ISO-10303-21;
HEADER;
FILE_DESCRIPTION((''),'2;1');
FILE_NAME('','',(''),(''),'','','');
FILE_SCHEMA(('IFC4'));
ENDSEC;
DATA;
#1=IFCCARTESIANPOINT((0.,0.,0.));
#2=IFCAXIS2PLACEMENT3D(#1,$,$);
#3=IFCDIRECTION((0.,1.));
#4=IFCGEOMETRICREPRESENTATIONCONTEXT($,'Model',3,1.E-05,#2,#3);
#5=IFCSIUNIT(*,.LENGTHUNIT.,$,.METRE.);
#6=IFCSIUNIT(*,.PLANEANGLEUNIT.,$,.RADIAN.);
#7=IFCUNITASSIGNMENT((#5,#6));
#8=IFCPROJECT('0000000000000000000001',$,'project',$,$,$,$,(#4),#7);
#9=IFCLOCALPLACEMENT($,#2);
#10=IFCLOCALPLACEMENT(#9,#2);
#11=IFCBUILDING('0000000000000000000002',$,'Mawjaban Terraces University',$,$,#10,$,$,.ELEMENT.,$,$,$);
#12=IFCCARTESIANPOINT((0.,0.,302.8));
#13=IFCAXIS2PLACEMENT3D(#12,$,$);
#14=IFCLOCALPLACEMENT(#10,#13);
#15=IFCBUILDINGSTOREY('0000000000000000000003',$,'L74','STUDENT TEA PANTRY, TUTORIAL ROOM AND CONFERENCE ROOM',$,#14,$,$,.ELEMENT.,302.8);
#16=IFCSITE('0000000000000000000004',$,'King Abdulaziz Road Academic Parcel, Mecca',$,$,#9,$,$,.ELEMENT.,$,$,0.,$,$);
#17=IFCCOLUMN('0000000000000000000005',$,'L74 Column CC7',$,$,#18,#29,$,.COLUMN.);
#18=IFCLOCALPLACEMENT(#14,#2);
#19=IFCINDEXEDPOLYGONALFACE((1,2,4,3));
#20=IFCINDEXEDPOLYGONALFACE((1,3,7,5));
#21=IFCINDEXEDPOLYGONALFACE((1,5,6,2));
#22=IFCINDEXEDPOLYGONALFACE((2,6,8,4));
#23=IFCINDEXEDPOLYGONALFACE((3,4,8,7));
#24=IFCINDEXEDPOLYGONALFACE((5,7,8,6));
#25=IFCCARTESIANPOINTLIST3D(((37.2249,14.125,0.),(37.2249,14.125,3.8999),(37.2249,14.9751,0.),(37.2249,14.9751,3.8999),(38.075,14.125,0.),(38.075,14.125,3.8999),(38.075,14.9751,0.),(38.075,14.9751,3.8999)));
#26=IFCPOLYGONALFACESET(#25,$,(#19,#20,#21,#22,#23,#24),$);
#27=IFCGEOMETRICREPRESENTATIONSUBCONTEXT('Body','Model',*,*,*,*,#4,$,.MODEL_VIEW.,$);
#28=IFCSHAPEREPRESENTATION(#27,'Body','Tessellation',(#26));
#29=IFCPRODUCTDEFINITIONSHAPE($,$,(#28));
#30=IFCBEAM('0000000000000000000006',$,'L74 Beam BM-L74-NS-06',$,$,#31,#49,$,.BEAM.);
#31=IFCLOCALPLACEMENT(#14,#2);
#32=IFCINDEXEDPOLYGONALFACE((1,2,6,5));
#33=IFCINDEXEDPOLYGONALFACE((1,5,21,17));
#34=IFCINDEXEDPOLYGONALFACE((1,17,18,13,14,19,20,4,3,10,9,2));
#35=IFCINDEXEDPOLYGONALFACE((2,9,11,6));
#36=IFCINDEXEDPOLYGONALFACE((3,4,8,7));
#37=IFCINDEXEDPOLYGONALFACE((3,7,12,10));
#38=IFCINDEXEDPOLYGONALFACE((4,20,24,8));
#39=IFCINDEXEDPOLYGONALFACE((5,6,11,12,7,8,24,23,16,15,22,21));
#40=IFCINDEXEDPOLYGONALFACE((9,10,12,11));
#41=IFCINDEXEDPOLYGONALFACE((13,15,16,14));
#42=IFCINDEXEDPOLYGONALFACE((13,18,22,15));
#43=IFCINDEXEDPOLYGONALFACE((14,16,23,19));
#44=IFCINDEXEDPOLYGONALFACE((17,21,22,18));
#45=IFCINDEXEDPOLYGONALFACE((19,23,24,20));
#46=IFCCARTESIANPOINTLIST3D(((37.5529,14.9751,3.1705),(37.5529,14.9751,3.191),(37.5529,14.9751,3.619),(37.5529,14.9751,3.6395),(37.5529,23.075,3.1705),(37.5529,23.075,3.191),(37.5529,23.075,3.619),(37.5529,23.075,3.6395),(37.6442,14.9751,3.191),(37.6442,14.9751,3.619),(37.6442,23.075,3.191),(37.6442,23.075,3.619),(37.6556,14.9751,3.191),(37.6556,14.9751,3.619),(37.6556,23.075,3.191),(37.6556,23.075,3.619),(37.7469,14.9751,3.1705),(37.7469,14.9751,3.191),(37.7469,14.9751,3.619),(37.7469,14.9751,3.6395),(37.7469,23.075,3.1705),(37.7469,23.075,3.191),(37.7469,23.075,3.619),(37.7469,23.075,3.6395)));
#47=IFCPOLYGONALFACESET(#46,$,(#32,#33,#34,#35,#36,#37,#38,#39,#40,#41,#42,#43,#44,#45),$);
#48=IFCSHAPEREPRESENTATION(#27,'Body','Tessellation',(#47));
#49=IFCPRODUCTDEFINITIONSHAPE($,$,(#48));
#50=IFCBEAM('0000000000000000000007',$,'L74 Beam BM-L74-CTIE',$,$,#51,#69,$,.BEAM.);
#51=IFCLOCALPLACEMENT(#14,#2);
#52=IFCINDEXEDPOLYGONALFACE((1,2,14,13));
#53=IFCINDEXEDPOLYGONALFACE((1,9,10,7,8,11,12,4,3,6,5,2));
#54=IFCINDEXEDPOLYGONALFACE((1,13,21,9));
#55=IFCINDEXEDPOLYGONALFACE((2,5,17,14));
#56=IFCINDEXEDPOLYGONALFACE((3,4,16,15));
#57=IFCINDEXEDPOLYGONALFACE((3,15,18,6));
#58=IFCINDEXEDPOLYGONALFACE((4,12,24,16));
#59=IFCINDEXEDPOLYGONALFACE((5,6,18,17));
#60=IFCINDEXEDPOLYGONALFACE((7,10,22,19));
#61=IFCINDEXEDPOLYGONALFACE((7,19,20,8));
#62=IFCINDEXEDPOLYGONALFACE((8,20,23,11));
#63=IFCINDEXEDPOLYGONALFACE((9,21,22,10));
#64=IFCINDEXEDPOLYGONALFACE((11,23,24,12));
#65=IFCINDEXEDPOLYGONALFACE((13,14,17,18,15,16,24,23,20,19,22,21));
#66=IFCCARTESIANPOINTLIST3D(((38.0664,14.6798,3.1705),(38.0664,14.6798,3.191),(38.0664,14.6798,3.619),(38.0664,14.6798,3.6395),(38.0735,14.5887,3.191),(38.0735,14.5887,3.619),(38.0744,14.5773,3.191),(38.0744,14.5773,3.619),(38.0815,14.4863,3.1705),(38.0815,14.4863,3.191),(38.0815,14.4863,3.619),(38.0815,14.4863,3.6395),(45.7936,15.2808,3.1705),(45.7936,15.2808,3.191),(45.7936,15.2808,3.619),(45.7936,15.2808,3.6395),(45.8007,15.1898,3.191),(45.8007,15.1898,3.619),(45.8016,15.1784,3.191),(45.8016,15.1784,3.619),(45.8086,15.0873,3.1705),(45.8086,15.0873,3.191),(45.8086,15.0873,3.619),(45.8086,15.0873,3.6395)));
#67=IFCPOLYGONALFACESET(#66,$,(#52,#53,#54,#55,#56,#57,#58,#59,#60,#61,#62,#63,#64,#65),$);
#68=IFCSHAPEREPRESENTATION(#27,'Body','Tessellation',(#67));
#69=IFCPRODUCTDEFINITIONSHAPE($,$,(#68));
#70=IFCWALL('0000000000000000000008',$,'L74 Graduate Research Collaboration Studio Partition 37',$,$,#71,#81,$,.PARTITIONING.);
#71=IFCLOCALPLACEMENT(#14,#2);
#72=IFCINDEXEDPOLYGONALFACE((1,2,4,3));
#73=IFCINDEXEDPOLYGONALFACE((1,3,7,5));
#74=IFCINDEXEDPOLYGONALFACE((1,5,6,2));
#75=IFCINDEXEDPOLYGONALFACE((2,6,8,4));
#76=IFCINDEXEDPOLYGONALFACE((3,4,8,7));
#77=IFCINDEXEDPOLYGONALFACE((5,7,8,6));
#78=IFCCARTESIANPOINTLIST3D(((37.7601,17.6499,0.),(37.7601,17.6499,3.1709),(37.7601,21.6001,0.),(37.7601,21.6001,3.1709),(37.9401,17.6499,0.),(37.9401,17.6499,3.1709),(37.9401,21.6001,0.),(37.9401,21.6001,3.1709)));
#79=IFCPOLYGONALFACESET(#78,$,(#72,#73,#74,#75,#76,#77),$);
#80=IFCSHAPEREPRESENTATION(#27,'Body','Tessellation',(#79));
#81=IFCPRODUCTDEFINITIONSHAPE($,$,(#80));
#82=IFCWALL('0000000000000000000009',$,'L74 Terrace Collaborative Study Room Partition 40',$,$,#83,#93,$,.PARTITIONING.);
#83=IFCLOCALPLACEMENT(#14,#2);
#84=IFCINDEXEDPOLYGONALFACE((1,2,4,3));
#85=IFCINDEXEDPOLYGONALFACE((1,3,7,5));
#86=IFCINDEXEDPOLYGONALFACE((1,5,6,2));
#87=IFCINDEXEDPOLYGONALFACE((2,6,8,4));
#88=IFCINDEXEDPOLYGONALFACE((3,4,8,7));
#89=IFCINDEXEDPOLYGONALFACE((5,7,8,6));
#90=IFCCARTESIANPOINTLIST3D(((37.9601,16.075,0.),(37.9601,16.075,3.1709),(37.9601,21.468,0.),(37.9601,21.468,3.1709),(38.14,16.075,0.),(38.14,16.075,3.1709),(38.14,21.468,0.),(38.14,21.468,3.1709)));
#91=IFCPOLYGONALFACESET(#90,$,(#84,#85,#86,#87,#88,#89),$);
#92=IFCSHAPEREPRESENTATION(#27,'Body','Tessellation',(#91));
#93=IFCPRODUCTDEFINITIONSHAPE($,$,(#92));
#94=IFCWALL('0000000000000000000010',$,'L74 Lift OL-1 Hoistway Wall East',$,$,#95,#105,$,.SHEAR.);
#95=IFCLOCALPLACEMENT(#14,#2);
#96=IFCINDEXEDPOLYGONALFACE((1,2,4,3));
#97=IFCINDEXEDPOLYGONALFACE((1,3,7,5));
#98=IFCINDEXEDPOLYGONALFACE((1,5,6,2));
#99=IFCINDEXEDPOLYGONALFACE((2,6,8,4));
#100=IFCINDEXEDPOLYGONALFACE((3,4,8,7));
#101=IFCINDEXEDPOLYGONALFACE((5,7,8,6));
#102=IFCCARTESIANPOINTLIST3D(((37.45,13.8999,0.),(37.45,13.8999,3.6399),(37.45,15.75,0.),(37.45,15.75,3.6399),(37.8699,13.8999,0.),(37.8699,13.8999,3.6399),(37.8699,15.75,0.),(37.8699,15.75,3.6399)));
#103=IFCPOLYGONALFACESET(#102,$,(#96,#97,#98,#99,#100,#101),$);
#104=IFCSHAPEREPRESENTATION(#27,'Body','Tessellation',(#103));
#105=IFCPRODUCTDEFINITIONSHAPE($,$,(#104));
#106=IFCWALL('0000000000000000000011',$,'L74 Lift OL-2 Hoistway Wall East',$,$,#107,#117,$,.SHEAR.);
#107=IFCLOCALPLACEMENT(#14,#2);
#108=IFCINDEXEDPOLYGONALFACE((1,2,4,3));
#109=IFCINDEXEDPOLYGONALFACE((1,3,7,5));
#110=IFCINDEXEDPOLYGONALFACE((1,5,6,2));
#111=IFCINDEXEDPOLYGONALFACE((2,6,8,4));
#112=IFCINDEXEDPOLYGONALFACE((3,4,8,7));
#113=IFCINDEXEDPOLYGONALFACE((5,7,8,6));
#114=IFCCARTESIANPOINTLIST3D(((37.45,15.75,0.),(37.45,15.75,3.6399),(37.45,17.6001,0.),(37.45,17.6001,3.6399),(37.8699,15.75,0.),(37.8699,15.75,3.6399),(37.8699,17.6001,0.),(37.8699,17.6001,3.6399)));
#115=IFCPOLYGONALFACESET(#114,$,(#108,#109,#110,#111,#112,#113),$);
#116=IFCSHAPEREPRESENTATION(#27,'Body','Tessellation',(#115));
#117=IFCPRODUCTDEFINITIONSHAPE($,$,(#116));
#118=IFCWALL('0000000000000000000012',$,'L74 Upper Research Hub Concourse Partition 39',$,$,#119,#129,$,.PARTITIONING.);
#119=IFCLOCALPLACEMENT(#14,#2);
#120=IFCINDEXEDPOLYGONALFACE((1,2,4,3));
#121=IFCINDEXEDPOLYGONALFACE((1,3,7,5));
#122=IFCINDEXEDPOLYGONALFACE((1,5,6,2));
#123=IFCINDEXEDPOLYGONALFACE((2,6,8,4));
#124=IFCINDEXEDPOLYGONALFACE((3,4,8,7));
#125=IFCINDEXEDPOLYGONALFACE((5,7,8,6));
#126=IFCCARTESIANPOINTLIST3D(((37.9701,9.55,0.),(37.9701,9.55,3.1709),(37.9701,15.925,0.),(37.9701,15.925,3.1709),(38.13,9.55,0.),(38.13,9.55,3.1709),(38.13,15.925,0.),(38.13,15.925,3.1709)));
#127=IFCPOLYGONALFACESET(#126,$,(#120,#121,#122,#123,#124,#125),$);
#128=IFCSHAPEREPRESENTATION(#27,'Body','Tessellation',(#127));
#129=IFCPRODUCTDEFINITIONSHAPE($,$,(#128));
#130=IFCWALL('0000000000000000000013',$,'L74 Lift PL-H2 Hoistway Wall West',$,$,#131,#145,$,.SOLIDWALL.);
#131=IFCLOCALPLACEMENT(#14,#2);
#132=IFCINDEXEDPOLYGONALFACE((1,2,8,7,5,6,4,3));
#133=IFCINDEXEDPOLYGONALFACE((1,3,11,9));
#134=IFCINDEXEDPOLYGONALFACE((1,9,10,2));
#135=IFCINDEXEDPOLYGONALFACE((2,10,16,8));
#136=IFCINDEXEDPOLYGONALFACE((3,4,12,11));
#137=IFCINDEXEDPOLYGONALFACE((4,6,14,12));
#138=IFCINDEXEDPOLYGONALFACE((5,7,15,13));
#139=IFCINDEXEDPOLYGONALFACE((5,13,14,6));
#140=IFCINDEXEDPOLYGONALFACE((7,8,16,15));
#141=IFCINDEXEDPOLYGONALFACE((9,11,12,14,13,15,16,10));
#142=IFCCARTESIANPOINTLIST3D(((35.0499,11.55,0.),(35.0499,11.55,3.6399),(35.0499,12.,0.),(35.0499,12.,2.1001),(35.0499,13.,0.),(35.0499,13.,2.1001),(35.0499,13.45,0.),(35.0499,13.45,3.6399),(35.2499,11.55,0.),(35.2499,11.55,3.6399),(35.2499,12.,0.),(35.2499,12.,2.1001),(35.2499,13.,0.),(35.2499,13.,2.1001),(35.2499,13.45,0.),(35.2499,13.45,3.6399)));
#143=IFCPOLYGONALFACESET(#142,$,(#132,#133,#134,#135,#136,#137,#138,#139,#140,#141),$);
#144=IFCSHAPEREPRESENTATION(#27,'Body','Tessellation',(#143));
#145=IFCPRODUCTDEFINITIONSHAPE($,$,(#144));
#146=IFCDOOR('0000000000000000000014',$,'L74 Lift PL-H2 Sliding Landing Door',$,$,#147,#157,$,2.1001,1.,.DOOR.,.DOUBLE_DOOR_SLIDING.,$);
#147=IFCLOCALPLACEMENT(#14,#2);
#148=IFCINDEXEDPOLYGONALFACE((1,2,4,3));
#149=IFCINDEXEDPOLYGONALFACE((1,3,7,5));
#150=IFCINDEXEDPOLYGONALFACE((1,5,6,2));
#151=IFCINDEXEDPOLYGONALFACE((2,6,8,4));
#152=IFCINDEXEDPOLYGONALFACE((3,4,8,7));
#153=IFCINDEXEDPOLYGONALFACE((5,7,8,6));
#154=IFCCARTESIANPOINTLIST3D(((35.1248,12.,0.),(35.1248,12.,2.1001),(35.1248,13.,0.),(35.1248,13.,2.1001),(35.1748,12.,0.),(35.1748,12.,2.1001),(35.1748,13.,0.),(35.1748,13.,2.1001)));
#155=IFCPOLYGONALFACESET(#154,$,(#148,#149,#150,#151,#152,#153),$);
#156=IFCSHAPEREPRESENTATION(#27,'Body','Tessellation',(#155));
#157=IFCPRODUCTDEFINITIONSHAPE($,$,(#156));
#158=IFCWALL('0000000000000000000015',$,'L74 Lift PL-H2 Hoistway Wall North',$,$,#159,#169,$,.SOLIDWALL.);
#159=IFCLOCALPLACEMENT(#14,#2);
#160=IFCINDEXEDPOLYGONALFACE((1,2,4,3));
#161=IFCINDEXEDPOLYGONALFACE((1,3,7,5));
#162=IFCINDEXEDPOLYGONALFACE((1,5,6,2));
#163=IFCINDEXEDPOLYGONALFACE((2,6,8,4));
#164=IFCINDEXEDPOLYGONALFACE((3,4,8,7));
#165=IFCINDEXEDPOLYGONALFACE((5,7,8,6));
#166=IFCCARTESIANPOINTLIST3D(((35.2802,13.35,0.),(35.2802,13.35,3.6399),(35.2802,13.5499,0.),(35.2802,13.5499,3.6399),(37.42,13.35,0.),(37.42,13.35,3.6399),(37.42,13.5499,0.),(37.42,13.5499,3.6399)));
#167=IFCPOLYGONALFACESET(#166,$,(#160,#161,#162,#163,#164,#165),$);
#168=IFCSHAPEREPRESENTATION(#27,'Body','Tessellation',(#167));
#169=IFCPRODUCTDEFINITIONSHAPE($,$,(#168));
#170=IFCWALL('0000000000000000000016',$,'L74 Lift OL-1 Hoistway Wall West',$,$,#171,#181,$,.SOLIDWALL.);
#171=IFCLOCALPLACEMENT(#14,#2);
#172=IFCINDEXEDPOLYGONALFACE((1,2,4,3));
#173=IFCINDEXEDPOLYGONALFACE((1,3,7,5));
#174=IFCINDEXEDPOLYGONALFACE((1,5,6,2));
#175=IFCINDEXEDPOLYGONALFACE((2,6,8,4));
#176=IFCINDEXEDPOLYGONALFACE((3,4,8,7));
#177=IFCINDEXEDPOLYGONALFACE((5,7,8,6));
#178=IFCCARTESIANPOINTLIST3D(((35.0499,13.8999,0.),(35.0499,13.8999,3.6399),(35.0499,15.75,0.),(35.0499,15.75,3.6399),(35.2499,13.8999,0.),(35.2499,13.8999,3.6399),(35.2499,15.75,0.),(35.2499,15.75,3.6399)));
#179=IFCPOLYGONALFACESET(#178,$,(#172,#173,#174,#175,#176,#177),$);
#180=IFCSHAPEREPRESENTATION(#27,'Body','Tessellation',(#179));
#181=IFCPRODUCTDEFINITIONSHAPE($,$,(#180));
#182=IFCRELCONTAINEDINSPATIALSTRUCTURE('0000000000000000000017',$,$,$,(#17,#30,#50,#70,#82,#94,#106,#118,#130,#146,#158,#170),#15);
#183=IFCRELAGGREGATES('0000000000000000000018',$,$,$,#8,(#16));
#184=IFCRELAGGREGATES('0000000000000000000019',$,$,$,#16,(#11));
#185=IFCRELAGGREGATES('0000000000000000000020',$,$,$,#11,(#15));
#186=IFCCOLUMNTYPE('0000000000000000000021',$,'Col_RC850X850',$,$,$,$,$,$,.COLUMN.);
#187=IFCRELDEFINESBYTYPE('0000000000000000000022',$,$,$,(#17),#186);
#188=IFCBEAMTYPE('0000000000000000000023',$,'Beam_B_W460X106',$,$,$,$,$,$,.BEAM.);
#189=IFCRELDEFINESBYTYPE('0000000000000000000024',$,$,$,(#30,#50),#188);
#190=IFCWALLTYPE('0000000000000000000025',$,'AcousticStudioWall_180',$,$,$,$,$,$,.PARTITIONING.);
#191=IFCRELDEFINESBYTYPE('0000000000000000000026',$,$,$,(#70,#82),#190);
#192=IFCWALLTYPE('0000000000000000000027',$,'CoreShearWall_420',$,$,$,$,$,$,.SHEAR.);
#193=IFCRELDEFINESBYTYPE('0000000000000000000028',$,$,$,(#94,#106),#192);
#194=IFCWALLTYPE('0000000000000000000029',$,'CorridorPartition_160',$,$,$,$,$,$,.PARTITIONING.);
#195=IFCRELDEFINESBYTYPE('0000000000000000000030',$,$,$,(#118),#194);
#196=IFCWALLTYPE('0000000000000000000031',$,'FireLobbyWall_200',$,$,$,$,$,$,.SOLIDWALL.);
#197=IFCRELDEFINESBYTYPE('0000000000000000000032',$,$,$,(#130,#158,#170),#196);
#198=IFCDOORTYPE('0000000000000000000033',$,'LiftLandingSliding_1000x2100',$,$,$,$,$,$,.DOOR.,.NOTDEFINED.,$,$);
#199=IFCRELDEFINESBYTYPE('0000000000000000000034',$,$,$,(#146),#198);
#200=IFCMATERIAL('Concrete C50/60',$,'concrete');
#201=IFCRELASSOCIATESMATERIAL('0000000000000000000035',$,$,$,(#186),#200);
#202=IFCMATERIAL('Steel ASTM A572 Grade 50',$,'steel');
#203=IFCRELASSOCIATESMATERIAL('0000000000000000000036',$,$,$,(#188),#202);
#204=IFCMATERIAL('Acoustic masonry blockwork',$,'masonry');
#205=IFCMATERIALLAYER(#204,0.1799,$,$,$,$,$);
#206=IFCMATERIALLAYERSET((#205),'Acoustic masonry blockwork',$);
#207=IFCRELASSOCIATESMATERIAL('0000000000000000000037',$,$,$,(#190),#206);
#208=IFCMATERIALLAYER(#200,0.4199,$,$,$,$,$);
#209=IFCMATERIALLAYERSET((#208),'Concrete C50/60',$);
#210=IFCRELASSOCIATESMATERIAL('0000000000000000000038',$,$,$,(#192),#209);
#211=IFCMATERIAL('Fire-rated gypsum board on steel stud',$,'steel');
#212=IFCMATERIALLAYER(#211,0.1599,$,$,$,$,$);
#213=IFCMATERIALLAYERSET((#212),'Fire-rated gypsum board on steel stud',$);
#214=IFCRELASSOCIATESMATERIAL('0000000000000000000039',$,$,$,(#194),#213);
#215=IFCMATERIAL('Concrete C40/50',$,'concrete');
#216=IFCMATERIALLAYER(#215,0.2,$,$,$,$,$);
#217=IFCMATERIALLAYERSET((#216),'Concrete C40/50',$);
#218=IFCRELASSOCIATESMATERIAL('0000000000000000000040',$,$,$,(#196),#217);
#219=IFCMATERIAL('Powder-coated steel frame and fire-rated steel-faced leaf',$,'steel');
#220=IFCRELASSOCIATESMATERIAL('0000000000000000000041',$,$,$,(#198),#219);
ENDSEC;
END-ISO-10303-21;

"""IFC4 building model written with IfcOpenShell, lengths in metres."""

from ifc_helpers import new_model, si_unit, direction, frame, frame_2d, origin, origin_2d, place, context, subcontext, project, spatial, rectangle, i_section, extrude, material, layer, layer_set, material_profile, profile_set, type_object, element, fill, save


model = new_model("IFC4")

# Units and contexts
model_context = context("Model", 3, precision=1e-05, world=origin(), true_north=direction((0.0, 1.0)))
body_context = subcontext(model_context, "Body", "Model", "MODEL_VIEW")
ifc_project = project(units=[si_unit("LENGTHUNIT", "METRE"), si_unit("PLANEANGLEUNIT", "RADIAN")], contexts=[model_context])

# Site, building, storey
site_placement = place(None, origin())
site = spatial("IfcSite", under=ifc_project, at=site_placement, Name="King Abdulaziz Road Academic Parcel, Mecca", CompositionType="ELEMENT", RefElevation=0.0)
building_placement = place(site_placement, origin())
building = spatial("IfcBuilding", under=site, at=building_placement, Name="Mawjaban Terraces University", CompositionType="ELEMENT")
storey_placement = place(building_placement, frame((0.0, 0.0, 302.8)))
storey = spatial("IfcBuildingStorey", under=building, at=storey_placement, Name="L74", Description="STUDENT TEA PANTRY, TUTORIAL ROOM AND CONFERENCE ROOM", CompositionType="ELEMENT", Elevation=302.8)

# Column
ifc_material_1 = material(Name="Concrete C50/60", Category="concrete")
ifc_material_profile_1 = material_profile(ifc_material_1, rectangle(XDim=0.8501, YDim=0.8501, at=origin_2d()), Name="RC850X850")
ifc_profile_set_1 = profile_set([ifc_material_profile_1], Name="Concrete C50/60")
column_type = type_object("IfcColumnType", Name="Col_RC850X850", PredefinedType="COLUMN", material=ifc_profile_set_1)
column_placement = place(storey_placement, frame((37.6499, 14.55, 0.0), z_axis=(0.0, 0.0, 1.0), x_axis=(1.0, 0.0, 0.0)))
element("IfcColumn", 1, at=column_placement, inside=storey, type_object=column_type, Name="L74 Column CC7", PredefinedType="COLUMN", context=body_context, shape_type="SweptSolid", body=[
    extrude(rectangle(XDim=0.8501, YDim=0.8501, at=origin_2d()), origin(), (0.0, 0.0, 1.0), 3.8999),
])

# Beams
ifc_material_2 = material(Name="Steel ASTM A572 Grade 50", Category="steel")
ifc_material_profile_2 = material_profile(ifc_material_2, i_section(OverallWidth=0.1941, OverallDepth=0.469, WebThickness=0.0115, FlangeThickness=0.0205, at=origin_2d()), Name="W460X106")
ifc_profile_set_2 = profile_set([ifc_material_profile_2], Name="Steel ASTM A572 Grade 50")
beam_type = type_object("IfcBeamType", Name="Beam_B_W460X106", PredefinedType="BEAM", material=ifc_profile_set_2)
beam_1_placement = place(storey_placement, frame((37.6499, 14.9751, 3.405), z_axis=(0.0, 1.0, 0.0), x_axis=(-1.0, 0.0, 0.0)))
element("IfcBeam", 2, at=beam_1_placement, inside=storey, type_object=beam_type, Name="L74 Beam BM-L74-NS-06", PredefinedType="BEAM", context=body_context, shape_type="SweptSolid", body=[
    extrude(i_section(OverallWidth=0.1941, OverallDepth=0.469, WebThickness=0.0115, FlangeThickness=0.0205, at=origin_2d()), origin(), (0.0, 0.0, 1.0), 8.0999),
])
beam_2_placement = place(storey_placement, frame((38.074, 14.583, 3.405), z_axis=(0.996988, 0.077554, 0.0), x_axis=(-0.077554, 0.996988, 0.0)))
element("IfcBeam", 3, at=beam_2_placement, inside=storey, type_object=beam_type, Name="L74 Beam BM-L74-CTIE", PredefinedType="BEAM", context=body_context, shape_type="SweptSolid", body=[
    extrude(i_section(OverallWidth=0.1941, OverallDepth=0.469, WebThickness=0.0115, FlangeThickness=0.0205, at=origin_2d()), origin(), (0.0, 0.0, 1.0), 7.7505),
])

# Walls
ifc_material_3 = material(Name="Acoustic masonry blockwork", Category="masonry")
ifc_layer_1 = layer(ifc_material_3, 0.1799)
ifc_layer_set_1 = layer_set([ifc_layer_1], Name="Acoustic masonry blockwork")
wall_type_1 = type_object("IfcWallType", Name="AcousticStudioWall_180", PredefinedType="PARTITIONING", material=ifc_layer_set_1)
wall_1_placement = place(storey_placement, frame((37.8501, 17.6499, 0.0), z_axis=(0.0, 0.0, 1.0), x_axis=(0.0, 1.0, 0.0)))
element("IfcWall", 4, at=wall_1_placement, inside=storey, type_object=wall_type_1, Name="L74 Graduate Research Collaboration Studio Partition 37", PredefinedType="PARTITIONING", context=body_context, shape_type="SweptSolid", body=[
    extrude(rectangle(XDim=3.9502, YDim=0.1799, at=frame_2d((1.9751, 0.0))), origin(), (0.0, 0.0, 1.0), 3.1709),
])
wall_2_placement = place(storey_placement, frame((38.05, 21.468, 0.0), z_axis=(0.0, 0.0, 1.0), x_axis=(0.0, -1.0, 0.0)))
element("IfcWall", 5, at=wall_2_placement, inside=storey, type_object=wall_type_1, Name="L74 Terrace Collaborative Study Room Partition 40", PredefinedType="PARTITIONING", context=body_context, shape_type="SweptSolid", body=[
    extrude(rectangle(XDim=5.3931, YDim=0.1799, at=frame_2d((2.6965, 0.0))), origin(), (0.0, 0.0, 1.0), 3.1709),
])
ifc_layer_2 = layer(ifc_material_1, 0.4199)
ifc_layer_set_2 = layer_set([ifc_layer_2], Name="Concrete C50/60")
wall_type_2 = type_object("IfcWallType", Name="CoreShearWall_420", PredefinedType="SHEAR", material=ifc_layer_set_2)
for number, where, z_axis, x_axis, name in (
    (6, (37.6599, 13.8999, 0.0), (0.0, 0.0, 1.0), (0.0, 1.0, 0.0), "L74 Lift OL-1 Hoistway Wall East"),
    (7, (37.6599, 15.75, 0.0), (0.0, 0.0, 1.0), (0.0, 1.0, 0.0), "L74 Lift OL-2 Hoistway Wall East"),
):
    element("IfcWall", number, at=place(storey_placement, frame(where, z_axis=z_axis, x_axis=x_axis)), inside=storey, type_object=wall_type_2, Name=name, PredefinedType="SHEAR", context=body_context, shape_type="SweptSolid", body=[
        extrude(rectangle(XDim=1.8501, YDim=0.4199, at=frame_2d((0.925, 0.0))), origin(), (0.0, 0.0, 1.0), 3.6399),
    ])
ifc_material_4 = material(Name="Fire-rated gypsum board on steel stud", Category="steel")
ifc_layer_3 = layer(ifc_material_4, 0.1599)
ifc_layer_set_3 = layer_set([ifc_layer_3], Name="Fire-rated gypsum board on steel stud")
wall_type_3 = type_object("IfcWallType", Name="CorridorPartition_160", PredefinedType="PARTITIONING", material=ifc_layer_set_3)
wall_3_placement = place(storey_placement, frame((38.05, 15.925, 0.0), z_axis=(0.0, 0.0, 1.0), x_axis=(0.0, -1.0, 0.0)))
element("IfcWall", 8, at=wall_3_placement, inside=storey, type_object=wall_type_3, Name="L74 Upper Research Hub Concourse Partition 39", PredefinedType="PARTITIONING", context=body_context, shape_type="SweptSolid", body=[
    extrude(rectangle(XDim=6.375, YDim=0.1599, at=frame_2d((3.1875, 0.0))), origin(), (0.0, 0.0, 1.0), 3.1709),
])

# Wall, opening, door
ifc_material_5 = material(Name="Concrete C40/50", Category="concrete")
ifc_layer_4 = layer(ifc_material_5, 0.2)
ifc_layer_set_4 = layer_set([ifc_layer_4], Name="Concrete C40/50")
wall_type_4 = type_object("IfcWallType", Name="FireLobbyWall_200", PredefinedType="SOLIDWALL", material=ifc_layer_set_4)
wall_4_placement = place(storey_placement, frame((35.1499, 13.45, 0.0), z_axis=(0.0, 0.0, 1.0), x_axis=(0.0, -1.0, 0.0)))
wall_4 = element("IfcWall", 9, at=wall_4_placement, inside=storey, type_object=wall_type_4, Name="L74 Lift PL-H2 Hoistway Wall West", PredefinedType="SOLIDWALL", context=body_context, shape_type="SweptSolid", body=[
    extrude(rectangle(XDim=1.8999, YDim=0.2, at=frame_2d((0.95, 0.0))), origin(), (0.0, 0.0, 1.0), 3.6399),
])
opening_placement = place(wall_4_placement, frame((0.45, 0.0, 0.0)))
opening = element("IfcOpeningElement", 10, at=opening_placement, cuts=wall_4, PredefinedType="OPENING", context=body_context, shape_type="SweptSolid", body=[
    extrude(rectangle(XDim=1.0, YDim=2.1001, at=frame_2d((0.5, 1.05))), frame((0.0, 0.1099, 0.0), z_axis=(0.0, -1.0, 0.0), x_axis=(1.0, 0.0, 0.0)), (0.0, 0.0, 1.0), 0.22),
])
ifc_material_6 = material(Name="Powder-coated steel frame and fire-rated steel-faced leaf", Category="steel")
door_type = type_object("IfcDoorType", Name="LiftLandingSliding_1000x2100", OperationType="NOTDEFINED", PredefinedType="DOOR", material=ifc_material_6)
door_placement = place(opening_placement, origin())
door = element("IfcDoor", 11, at=door_placement, inside=storey, type_object=door_type, Name="L74 Lift PL-H2 Sliding Landing Door", OperationType="DOUBLE_DOOR_SLIDING", OverallHeight=2.1001, OverallWidth=1.0, PredefinedType="DOOR", context=body_context, shape_type="SweptSolid", body=[
    extrude(rectangle(XDim=1.0, YDim=2.1001, at=frame_2d((0.5, 1.05))), frame((0.0, 0.0249, 0.0), z_axis=(0.0, -1.0, 0.0), x_axis=(1.0, 0.0, 0.0)), (0.0, 0.0, 1.0), 0.05),
])
fill(opening, door)

# Walls
wall_5_placement = place(storey_placement, frame((37.4199, 13.45, 0.0), z_axis=(0.0, 0.0, 1.0), x_axis=(-1.0, 0.0, 0.0)))
element("IfcWall", 12, at=wall_5_placement, inside=storey, type_object=wall_type_4, Name="L74 Lift PL-H2 Hoistway Wall North", PredefinedType="SOLIDWALL", context=body_context, shape_type="SweptSolid", body=[
    extrude(rectangle(XDim=2.1399, YDim=0.2, at=frame_2d((1.0698, 0.0))), origin(), (0.0, 0.0, 1.0), 3.6399),
])
wall_6_placement = place(storey_placement, frame((35.1499, 15.75, 0.0), z_axis=(0.0, 0.0, 1.0), x_axis=(0.0, -1.0, 0.0)))
element("IfcWall", 13, at=wall_6_placement, inside=storey, type_object=wall_type_4, Name="L74 Lift OL-1 Hoistway Wall West", PredefinedType="SOLIDWALL", context=body_context, shape_type="SweptSolid", body=[
    extrude(rectangle(XDim=1.8501, YDim=0.2, at=frame_2d((0.925, 0.0))), origin(), (0.0, 0.0, 1.0), 3.6399),
])

save(model, "model.ifc")
